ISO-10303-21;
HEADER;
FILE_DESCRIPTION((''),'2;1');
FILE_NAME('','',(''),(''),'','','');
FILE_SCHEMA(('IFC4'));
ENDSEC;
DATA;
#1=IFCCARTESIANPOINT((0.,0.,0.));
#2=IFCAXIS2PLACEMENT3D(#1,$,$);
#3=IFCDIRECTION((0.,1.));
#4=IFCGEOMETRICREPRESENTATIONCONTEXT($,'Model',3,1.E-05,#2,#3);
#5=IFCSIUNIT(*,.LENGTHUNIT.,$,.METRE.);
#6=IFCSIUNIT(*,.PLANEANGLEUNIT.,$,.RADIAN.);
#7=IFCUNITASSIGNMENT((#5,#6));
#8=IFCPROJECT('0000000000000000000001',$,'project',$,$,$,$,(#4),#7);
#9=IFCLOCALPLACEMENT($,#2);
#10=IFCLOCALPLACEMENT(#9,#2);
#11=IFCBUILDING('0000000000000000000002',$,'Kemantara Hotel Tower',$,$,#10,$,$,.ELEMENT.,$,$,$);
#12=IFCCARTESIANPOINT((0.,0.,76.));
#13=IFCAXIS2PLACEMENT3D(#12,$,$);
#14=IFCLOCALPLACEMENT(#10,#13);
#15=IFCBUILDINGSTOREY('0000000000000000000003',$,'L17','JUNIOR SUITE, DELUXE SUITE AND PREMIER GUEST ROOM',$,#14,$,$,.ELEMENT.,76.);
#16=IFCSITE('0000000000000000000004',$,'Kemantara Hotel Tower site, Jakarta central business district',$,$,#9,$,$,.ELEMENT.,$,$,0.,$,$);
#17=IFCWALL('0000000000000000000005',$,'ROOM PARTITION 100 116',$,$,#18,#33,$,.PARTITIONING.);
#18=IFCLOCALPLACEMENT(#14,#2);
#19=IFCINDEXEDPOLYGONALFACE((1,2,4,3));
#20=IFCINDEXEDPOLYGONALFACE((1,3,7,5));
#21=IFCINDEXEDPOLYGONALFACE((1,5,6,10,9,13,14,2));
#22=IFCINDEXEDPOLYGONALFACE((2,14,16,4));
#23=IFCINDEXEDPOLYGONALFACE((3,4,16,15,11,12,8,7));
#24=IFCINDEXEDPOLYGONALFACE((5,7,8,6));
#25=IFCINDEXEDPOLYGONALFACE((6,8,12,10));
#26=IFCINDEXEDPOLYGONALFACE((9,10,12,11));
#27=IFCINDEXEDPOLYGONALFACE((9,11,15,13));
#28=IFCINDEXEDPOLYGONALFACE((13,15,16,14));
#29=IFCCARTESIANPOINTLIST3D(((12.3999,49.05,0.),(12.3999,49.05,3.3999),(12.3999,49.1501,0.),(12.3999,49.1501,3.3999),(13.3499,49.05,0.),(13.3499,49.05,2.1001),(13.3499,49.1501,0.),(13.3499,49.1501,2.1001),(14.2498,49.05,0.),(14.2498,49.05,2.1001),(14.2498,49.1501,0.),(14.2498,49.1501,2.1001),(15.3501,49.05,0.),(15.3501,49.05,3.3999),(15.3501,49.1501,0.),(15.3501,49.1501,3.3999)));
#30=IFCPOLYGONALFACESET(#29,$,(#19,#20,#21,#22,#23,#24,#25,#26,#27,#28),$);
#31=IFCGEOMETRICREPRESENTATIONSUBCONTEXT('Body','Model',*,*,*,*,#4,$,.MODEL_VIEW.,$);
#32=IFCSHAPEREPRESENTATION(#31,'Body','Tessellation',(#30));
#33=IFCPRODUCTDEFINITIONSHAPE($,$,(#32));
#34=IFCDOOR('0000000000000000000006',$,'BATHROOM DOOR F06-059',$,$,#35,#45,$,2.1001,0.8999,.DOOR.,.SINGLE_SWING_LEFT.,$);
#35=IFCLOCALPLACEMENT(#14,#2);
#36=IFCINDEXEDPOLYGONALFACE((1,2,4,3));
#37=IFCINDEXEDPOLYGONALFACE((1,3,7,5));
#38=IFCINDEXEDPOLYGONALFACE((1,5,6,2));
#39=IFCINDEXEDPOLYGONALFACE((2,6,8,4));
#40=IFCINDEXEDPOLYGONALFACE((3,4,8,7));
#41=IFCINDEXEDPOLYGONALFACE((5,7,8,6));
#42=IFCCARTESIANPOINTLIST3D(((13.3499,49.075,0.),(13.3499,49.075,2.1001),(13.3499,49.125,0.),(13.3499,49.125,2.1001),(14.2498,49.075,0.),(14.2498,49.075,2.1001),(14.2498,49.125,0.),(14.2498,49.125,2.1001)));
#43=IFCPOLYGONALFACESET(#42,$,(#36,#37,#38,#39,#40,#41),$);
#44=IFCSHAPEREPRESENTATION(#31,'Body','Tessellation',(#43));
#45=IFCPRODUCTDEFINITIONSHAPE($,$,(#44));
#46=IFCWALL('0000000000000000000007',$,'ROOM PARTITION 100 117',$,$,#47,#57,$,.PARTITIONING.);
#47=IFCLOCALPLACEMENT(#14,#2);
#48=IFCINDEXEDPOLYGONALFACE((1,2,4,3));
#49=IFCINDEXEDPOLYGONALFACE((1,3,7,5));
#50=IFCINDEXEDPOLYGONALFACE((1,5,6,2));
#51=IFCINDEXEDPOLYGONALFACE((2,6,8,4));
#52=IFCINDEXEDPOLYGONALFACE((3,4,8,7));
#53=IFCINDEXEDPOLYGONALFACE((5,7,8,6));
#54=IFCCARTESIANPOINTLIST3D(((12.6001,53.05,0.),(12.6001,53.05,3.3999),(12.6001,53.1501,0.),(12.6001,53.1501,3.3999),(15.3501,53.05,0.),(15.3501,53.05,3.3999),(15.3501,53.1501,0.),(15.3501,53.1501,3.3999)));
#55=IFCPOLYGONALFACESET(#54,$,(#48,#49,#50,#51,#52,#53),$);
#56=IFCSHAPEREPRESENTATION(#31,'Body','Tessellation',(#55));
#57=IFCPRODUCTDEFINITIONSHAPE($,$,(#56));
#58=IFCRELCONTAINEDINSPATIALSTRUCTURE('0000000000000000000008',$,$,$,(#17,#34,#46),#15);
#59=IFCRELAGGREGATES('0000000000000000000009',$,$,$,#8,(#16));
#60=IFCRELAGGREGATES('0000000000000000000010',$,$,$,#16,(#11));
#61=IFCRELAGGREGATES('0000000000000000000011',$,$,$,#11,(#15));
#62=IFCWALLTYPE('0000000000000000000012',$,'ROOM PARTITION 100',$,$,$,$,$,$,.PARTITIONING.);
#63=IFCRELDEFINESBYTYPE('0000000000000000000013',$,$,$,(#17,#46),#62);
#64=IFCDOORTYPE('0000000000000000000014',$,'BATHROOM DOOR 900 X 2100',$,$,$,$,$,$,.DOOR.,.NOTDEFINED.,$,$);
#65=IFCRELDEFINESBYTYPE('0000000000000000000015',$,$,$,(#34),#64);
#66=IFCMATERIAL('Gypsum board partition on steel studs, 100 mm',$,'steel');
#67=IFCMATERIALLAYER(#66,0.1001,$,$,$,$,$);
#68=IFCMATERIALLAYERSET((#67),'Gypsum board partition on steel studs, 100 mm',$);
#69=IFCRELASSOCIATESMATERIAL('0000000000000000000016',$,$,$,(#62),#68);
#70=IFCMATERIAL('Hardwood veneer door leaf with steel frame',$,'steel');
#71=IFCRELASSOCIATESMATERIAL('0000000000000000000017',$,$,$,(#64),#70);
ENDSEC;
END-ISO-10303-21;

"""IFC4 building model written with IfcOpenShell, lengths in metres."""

from ifc_helpers import new_model, si_unit, direction, frame, frame_2d, origin, place, context, subcontext, project, spatial, rectangle, extrude, material, layer, layer_set, type_object, element, fill, save


model = new_model("IFC4")

# Units and contexts
model_context = context("Model", 3, precision=1e-05, world=origin(), true_north=direction((0.0, 1.0)))
body_context = subcontext(model_context, "Body", "Model", "MODEL_VIEW")
ifc_project = project(units=[si_unit("LENGTHUNIT", "METRE"), si_unit("PLANEANGLEUNIT", "RADIAN")], contexts=[model_context])

# Site, building, storey
site_placement = place(None, origin())
site = spatial("IfcSite", under=ifc_project, at=site_placement, Name="Kemantara Hotel Tower site, Jakarta central business district", CompositionType="ELEMENT", RefElevation=0.0)
building_placement = place(site_placement, origin())
building = spatial("IfcBuilding", under=site, at=building_placement, Name="Kemantara Hotel Tower", CompositionType="ELEMENT")
storey_placement = place(building_placement, frame((0.0, 0.0, 76.0)))
storey = spatial("IfcBuildingStorey", under=building, at=storey_placement, Name="L17", Description="JUNIOR SUITE, DELUXE SUITE AND PREMIER GUEST ROOM", CompositionType="ELEMENT", Elevation=76.0)

# Shared definitions
ifc_material_1 = material(Name="Hardwood veneer door leaf with steel frame", Category="steel")

# Shared definitions
ifc_material_2 = material(Name="Gypsum board partition on steel studs, 100 mm", Category="steel")
ifc_layer_1 = layer(ifc_material_2, 0.1001)
ifc_layer_set_1 = layer_set([ifc_layer_1], Name="Gypsum board partition on steel studs, 100 mm")
wall_type_1 = type_object("IfcWallType", Name="ROOM PARTITION 100", PredefinedType="PARTITIONING", material=ifc_layer_set_1)

# Wall, opening, door
wall_1_placement = place(storey_placement, frame((12.3999, 49.1001, 0.0), z_axis=(0.0, 0.0, 1.0), x_axis=(1.0, 0.0, 0.0)))
wall_1 = element("IfcWall", 1, at=wall_1_placement, inside=storey, type_object=wall_type_1, Name="ROOM PARTITION 100 116", PredefinedType="PARTITIONING", context=body_context, shape_type="SweptSolid", body=[
    extrude(rectangle(XDim=2.9502, YDim=0.1001, at=frame_2d((1.4751, 0.0))), origin(), (0.0, 0.0, 1.0), 3.3999),
])
opening_1_placement = place(wall_1_placement, frame((0.95, 0.0, 0.0)))
opening_1 = element("IfcOpeningElement", 2, at=opening_1_placement, cuts=wall_1, PredefinedType="OPENING", context=body_context, shape_type="SweptSolid", body=[
    extrude(rectangle(XDim=0.8999, YDim=2.1001, at=frame_2d((0.45, 1.05))), frame((0.0, 0.0601, 0.0), z_axis=(0.0, -1.0, 0.0), x_axis=(1.0, 0.0, 0.0)), (0.0, 0.0, 1.0), 0.1201),
])
door_type_1 = type_object("IfcDoorType", Name="BATHROOM DOOR 900 X 2100", OperationType="NOTDEFINED", PredefinedType="DOOR", material=ifc_material_1)
door_1_placement = place(opening_1_placement, origin())
door_1 = element("IfcDoor", 3, at=door_1_placement, inside=storey, type_object=door_type_1, Name="BATHROOM DOOR F06-059", OperationType="SINGLE_SWING_LEFT", OverallHeight=2.1001, OverallWidth=0.8999, PredefinedType="DOOR", context=body_context, shape_type="SweptSolid", body=[
    extrude(rectangle(XDim=0.8999, YDim=2.1001, at=frame_2d((0.45, 1.05))), frame((0.0, 0.0249, 0.0), z_axis=(0.0, -1.0, 0.0), x_axis=(1.0, 0.0, 0.0)), (0.0, 0.0, 1.0), 0.05),
])
fill(opening_1, door_1)

# Wall
wall_2_placement = place(storey_placement, frame((12.6001, 53.1001, 0.0), z_axis=(0.0, 0.0, 1.0), x_axis=(1.0, 0.0, 0.0)))
element("IfcWall", 4, at=wall_2_placement, inside=storey, type_object=wall_type_1, Name="ROOM PARTITION 100 117", PredefinedType="PARTITIONING", context=body_context, shape_type="SweptSolid", body=[
    extrude(rectangle(XDim=2.75, YDim=0.1001, at=frame_2d((1.375, 0.0))), origin(), (0.0, 0.0, 1.0), 3.3999),
])

save(model, "model.ifc")
